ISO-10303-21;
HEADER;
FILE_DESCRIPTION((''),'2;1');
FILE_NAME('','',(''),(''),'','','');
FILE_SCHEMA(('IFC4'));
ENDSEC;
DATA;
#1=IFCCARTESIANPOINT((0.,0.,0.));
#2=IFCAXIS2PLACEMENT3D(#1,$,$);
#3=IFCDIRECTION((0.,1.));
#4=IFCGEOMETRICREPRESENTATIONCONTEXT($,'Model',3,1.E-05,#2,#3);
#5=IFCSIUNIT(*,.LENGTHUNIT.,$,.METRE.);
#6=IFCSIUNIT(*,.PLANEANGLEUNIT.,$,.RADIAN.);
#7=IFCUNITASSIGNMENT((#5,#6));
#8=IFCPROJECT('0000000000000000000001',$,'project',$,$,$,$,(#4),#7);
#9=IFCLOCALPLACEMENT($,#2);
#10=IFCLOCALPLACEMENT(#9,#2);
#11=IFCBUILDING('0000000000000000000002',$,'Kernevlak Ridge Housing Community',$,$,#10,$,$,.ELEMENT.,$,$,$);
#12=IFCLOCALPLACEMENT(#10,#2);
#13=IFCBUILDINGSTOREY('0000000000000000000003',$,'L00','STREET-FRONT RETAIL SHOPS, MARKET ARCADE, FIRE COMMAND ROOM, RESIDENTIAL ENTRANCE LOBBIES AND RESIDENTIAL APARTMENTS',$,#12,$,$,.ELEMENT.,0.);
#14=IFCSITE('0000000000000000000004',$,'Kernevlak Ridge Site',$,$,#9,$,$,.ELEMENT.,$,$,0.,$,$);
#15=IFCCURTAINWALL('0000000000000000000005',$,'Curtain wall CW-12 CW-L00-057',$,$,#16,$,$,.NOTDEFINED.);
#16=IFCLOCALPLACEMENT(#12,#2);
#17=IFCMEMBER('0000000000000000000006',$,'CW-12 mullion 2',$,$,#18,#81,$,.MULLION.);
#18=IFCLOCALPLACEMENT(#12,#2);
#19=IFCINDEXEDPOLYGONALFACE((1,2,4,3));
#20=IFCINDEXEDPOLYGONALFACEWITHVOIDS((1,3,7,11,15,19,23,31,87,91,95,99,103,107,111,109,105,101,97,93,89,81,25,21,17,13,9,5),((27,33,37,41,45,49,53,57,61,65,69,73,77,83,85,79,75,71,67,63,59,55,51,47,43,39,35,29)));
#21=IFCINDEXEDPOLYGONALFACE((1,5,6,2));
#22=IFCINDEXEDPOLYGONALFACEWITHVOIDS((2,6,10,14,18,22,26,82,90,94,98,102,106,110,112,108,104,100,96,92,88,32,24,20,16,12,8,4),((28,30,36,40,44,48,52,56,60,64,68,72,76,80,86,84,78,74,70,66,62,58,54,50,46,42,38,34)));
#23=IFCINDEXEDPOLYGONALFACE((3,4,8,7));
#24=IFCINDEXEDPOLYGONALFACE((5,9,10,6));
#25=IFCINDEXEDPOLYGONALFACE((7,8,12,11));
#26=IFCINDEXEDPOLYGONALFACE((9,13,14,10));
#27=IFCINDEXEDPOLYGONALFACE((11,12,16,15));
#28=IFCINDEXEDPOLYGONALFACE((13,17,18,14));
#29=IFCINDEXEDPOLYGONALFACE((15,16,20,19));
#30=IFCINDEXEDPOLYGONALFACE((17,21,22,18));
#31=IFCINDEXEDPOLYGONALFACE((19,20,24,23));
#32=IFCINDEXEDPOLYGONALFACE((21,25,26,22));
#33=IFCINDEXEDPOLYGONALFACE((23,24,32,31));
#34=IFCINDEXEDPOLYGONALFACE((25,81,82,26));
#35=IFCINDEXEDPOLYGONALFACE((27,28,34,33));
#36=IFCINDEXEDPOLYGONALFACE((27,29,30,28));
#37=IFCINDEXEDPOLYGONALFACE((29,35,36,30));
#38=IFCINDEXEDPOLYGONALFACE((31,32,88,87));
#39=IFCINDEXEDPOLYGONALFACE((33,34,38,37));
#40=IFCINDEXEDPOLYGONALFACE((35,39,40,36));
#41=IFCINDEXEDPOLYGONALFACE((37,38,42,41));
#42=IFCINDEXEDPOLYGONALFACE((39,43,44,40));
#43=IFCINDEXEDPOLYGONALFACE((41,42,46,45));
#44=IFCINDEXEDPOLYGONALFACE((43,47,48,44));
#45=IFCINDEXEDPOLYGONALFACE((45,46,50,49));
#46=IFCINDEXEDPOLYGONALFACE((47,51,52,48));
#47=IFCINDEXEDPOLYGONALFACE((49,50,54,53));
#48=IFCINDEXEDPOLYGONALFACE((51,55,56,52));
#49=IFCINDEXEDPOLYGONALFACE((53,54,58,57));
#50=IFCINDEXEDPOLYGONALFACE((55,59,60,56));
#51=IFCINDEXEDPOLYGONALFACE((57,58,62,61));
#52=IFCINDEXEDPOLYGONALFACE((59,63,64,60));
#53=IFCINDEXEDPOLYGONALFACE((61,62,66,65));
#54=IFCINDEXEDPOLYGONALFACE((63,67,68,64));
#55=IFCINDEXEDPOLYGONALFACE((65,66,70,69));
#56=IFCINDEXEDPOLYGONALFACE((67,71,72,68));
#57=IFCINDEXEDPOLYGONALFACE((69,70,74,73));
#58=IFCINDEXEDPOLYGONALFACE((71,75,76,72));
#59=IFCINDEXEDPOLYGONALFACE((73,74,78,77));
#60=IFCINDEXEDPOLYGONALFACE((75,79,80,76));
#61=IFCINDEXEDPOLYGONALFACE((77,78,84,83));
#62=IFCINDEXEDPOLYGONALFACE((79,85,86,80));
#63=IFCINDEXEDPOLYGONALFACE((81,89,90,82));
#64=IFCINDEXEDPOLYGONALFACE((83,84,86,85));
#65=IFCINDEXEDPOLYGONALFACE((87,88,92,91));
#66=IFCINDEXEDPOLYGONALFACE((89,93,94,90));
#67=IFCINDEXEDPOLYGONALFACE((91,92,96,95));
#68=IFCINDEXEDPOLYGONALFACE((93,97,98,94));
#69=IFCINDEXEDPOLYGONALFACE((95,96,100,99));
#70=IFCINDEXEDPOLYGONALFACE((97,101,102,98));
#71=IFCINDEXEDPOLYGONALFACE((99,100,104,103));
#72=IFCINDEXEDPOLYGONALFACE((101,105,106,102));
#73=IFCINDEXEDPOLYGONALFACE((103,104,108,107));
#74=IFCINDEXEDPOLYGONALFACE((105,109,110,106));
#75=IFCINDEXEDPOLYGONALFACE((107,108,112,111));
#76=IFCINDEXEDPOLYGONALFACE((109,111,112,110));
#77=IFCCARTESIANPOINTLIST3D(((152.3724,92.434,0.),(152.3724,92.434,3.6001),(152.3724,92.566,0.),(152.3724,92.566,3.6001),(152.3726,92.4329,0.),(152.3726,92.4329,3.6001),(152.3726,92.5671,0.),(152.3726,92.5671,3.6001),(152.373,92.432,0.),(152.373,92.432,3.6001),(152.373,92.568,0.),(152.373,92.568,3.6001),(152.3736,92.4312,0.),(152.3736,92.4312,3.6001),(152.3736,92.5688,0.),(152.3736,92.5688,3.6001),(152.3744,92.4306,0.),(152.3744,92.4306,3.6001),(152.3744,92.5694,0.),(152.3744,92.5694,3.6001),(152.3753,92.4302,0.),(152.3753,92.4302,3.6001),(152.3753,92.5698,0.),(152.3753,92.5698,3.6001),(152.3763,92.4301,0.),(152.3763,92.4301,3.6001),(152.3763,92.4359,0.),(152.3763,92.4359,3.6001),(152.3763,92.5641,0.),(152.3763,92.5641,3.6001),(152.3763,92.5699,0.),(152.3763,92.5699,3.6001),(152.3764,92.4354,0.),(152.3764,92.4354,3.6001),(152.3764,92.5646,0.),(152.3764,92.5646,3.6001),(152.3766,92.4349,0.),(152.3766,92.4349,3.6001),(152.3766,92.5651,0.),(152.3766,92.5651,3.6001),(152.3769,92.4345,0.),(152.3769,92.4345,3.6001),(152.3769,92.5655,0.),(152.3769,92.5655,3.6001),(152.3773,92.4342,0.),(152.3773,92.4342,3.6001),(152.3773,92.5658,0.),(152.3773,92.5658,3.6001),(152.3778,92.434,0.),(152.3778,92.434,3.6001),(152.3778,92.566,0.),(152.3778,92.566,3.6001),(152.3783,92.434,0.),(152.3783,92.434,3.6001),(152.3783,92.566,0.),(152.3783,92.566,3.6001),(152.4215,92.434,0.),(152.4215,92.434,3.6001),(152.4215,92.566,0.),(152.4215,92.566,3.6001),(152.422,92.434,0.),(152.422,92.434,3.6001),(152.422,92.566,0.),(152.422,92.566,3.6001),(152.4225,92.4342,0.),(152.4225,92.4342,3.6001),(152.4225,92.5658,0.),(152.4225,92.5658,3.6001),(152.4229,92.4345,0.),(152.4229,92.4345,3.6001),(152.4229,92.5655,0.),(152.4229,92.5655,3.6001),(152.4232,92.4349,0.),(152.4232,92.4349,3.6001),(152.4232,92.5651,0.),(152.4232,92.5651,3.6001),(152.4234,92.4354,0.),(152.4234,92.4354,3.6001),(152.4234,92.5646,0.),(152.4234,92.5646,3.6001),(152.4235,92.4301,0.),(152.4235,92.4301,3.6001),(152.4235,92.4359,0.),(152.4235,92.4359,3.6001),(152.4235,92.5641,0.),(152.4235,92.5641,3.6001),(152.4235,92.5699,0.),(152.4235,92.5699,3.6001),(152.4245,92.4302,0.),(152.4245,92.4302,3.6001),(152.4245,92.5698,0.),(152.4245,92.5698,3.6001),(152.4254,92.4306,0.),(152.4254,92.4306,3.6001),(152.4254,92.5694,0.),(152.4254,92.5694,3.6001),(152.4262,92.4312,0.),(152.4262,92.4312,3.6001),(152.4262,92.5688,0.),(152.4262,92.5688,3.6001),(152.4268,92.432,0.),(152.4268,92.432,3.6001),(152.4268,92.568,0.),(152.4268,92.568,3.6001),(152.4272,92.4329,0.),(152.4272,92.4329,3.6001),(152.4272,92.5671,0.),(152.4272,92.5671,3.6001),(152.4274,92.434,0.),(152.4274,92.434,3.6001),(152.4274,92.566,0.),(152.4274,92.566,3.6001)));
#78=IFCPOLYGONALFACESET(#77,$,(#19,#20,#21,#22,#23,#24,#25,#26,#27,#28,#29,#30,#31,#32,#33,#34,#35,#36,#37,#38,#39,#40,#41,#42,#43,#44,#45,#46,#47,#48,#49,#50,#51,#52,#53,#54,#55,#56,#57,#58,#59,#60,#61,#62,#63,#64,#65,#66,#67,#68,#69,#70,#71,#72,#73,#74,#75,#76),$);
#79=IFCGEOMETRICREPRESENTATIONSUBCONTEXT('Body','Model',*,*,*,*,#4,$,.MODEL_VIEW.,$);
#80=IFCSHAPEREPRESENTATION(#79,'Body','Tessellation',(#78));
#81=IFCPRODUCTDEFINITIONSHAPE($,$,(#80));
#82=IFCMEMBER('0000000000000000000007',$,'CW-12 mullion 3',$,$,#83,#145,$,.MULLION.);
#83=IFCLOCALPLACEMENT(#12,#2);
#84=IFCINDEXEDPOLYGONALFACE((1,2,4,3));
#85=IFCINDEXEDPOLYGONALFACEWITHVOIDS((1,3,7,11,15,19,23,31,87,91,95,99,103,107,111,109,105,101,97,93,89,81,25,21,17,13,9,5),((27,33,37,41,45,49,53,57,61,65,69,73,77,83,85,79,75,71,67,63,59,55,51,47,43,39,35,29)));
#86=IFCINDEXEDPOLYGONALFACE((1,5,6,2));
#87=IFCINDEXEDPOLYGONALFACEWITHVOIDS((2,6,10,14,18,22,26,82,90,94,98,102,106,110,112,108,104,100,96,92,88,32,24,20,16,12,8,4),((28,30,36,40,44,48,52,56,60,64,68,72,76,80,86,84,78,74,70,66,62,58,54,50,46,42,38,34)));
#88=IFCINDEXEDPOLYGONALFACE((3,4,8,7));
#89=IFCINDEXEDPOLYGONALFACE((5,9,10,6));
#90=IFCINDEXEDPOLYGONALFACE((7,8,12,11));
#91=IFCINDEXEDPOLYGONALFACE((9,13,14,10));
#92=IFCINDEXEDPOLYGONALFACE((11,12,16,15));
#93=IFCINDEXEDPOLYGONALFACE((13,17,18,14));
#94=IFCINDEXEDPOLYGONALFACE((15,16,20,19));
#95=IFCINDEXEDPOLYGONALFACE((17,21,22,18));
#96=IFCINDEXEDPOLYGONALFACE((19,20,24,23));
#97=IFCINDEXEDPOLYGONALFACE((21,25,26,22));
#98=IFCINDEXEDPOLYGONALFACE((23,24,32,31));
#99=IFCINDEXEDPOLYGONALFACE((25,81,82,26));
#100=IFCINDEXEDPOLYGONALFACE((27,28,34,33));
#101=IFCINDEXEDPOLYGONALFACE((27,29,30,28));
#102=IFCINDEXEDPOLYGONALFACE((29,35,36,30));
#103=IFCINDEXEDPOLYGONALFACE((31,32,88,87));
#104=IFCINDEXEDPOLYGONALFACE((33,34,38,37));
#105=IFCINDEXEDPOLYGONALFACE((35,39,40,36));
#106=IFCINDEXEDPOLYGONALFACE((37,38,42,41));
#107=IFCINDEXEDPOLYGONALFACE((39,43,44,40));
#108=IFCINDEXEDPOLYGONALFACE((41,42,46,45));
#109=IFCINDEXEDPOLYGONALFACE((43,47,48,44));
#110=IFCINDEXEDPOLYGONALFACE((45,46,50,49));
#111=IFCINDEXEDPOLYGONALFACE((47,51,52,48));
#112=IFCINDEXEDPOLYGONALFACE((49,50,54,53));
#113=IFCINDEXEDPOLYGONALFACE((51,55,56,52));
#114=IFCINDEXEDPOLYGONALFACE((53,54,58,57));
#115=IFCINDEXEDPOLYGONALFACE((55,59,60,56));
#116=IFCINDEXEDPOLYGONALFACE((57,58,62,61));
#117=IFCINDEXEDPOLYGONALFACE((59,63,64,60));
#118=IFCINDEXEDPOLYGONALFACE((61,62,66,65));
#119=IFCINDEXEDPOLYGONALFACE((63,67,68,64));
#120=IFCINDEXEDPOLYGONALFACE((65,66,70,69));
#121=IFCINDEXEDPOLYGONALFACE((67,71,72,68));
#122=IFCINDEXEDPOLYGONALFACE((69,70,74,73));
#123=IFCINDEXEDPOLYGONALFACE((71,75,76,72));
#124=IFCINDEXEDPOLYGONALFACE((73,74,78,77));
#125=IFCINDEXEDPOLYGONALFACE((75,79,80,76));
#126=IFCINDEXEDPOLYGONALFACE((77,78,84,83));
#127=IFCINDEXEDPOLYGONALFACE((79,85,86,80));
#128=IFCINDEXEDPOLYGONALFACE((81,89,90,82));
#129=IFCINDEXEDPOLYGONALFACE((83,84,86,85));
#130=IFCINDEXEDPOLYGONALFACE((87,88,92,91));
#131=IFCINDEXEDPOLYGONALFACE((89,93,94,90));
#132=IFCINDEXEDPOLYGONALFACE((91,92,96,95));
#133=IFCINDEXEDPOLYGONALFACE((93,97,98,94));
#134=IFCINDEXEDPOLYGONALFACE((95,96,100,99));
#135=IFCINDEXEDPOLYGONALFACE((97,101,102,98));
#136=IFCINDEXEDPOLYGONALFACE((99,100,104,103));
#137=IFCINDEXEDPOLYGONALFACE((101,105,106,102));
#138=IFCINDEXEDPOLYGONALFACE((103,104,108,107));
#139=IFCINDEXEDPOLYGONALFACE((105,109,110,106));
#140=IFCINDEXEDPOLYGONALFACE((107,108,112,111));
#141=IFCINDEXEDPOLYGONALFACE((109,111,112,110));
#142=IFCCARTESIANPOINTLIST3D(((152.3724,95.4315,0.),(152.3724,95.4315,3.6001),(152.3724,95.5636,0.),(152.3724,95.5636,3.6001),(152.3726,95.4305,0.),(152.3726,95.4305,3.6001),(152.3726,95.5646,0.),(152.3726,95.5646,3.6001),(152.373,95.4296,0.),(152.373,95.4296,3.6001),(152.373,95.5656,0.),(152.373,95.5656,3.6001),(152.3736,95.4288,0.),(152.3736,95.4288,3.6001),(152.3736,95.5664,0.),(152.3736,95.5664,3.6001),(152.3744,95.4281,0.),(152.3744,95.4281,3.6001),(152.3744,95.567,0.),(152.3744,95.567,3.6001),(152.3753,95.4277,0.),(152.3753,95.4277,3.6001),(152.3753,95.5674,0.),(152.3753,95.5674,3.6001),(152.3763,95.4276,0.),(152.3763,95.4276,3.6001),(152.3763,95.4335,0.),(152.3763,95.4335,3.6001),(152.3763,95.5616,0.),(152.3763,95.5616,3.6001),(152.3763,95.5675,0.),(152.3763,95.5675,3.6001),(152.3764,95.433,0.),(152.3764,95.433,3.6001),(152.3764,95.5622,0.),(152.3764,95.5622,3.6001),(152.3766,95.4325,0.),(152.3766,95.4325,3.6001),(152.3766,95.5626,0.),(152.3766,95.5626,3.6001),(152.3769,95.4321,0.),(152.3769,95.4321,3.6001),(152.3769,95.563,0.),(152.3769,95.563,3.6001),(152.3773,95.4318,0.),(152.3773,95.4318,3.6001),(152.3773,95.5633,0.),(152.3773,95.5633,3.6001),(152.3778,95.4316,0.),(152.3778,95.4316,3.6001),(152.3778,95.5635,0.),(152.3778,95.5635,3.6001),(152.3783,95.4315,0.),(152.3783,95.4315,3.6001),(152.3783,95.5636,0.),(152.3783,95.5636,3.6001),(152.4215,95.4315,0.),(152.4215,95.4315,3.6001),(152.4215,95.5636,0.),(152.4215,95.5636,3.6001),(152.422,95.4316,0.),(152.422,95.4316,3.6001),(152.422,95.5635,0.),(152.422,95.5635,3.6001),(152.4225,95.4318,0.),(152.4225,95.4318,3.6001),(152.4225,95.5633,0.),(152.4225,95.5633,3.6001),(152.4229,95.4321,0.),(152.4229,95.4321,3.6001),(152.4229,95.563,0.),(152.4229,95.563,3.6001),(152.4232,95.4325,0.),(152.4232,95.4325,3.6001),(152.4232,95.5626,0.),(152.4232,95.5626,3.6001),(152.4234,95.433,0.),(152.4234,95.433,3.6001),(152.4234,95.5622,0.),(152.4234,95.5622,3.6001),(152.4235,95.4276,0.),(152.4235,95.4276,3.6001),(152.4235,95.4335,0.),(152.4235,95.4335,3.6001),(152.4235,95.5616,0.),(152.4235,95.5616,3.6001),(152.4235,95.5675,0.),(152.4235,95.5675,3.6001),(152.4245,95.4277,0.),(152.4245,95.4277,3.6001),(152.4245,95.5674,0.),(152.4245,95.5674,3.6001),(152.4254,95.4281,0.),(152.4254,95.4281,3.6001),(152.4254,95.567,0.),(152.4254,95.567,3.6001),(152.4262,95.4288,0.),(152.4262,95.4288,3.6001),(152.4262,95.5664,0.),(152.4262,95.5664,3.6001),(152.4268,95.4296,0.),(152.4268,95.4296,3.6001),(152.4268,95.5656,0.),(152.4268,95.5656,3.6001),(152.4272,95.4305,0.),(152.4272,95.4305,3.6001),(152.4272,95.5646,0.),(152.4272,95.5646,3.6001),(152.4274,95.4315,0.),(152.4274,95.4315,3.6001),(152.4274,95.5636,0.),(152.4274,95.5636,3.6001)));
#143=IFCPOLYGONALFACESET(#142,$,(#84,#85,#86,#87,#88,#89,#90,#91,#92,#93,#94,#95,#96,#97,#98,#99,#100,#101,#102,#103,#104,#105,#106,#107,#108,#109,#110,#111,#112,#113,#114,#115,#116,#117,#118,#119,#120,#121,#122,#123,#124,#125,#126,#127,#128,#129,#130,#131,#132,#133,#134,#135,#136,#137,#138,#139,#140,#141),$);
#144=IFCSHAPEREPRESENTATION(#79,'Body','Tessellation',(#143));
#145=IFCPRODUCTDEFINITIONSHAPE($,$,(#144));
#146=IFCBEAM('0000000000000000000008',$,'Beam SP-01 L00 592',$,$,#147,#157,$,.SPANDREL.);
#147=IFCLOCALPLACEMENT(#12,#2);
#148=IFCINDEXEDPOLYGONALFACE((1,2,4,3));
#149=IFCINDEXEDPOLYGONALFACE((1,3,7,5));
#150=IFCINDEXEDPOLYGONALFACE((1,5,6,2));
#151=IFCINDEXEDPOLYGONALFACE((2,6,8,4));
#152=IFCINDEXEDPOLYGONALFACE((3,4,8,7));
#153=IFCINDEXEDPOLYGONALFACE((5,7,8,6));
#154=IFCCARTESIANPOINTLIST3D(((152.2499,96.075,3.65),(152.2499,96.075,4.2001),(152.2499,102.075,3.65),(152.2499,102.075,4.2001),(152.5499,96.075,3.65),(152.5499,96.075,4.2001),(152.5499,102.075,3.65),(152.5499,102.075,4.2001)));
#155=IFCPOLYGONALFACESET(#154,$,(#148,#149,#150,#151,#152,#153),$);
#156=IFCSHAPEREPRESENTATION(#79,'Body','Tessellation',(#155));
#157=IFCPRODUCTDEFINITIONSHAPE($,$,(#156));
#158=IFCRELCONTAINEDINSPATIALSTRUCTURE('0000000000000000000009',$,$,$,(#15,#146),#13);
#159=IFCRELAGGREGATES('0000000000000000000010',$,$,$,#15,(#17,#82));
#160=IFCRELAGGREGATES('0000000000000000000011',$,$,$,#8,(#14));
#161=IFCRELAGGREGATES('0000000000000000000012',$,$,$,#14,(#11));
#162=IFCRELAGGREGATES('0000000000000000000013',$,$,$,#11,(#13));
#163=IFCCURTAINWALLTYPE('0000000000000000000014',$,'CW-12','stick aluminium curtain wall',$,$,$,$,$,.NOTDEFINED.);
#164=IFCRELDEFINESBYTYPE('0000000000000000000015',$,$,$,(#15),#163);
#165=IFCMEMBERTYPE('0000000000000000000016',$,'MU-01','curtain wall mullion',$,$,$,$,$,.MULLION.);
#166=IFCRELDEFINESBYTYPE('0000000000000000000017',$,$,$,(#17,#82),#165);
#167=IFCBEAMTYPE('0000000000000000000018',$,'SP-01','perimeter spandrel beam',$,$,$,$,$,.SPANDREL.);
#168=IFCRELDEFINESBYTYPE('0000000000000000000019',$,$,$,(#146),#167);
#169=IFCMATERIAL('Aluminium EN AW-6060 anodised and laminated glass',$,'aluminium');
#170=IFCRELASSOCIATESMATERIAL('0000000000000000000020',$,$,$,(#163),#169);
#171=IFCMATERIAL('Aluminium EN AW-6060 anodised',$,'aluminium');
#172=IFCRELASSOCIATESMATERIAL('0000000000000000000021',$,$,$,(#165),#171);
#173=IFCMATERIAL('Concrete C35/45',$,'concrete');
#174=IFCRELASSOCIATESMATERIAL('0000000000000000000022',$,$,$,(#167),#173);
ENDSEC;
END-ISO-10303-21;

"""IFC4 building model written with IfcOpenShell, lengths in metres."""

from ifc_helpers import new_model, si_unit, direction, frame, origin, origin_2d, place, context, subcontext, project, spatial, rectangle, hollow_rectangle, extrude, material, material_profile, profile_set, type_object, element, aggregate, save


model = new_model("IFC4")

# Units and contexts
model_context = context("Model", 3, precision=1e-05, world=origin(), true_north=direction((0.0, 1.0)))
body_context = subcontext(model_context, "Body", "Model", "MODEL_VIEW")
ifc_project = project(units=[si_unit("LENGTHUNIT", "METRE"), si_unit("PLANEANGLEUNIT", "RADIAN")], contexts=[model_context])

# Site, building, storey
site_placement = place(None, origin())
site = spatial("IfcSite", under=ifc_project, at=site_placement, Name="Kernevlak Ridge Site", CompositionType="ELEMENT", RefElevation=0.0)
building_placement = place(site_placement, origin())
building = spatial("IfcBuilding", under=site, at=building_placement, Name="Kernevlak Ridge Housing Community", CompositionType="ELEMENT")
storey_placement = place(building_placement, origin())
storey = spatial("IfcBuildingStorey", under=building, at=storey_placement, Name="L00", Description="STREET-FRONT RETAIL SHOPS, MARKET ARCADE, FIRE COMMAND ROOM, RESIDENTIAL ENTRANCE LOBBIES AND RESIDENTIAL APARTMENTS", CompositionType="ELEMENT", Elevation=0.0)

# Shared definitions
ifc_material_1 = material(Name="Concrete C35/45", Category="concrete")

# Curtain wall, members
ifc_material_2 = material(Name="Aluminium EN AW-6060 anodised and laminated glass", Category="aluminium")
curtain_wall_type = type_object("IfcCurtainWallType", Name="CW-12", Description="stick aluminium curtain wall", PredefinedType="NOTDEFINED", material=ifc_material_2)
curtain_wall_placement = place(storey_placement, origin())
curtain_wall = element("IfcCurtainWall", 1, at=curtain_wall_placement, inside=storey, type_object=curtain_wall_type, Name="Curtain wall CW-12 CW-L00-057", PredefinedType="NOTDEFINED")
ifc_material_3 = material(Name="Aluminium EN AW-6060 anodised", Category="aluminium")
ifc_material_profile_1 = material_profile(ifc_material_3, hollow_rectangle(XDim=0.0549, YDim=0.1399, WallThickness=0.0039, InnerFilletRadius=0.002, OuterFilletRadius=0.0039, at=origin_2d()), Name="ALU 55x140x4")
ifc_profile_set_1 = profile_set([ifc_material_profile_1], Name="Aluminium EN AW-6060 anodised")
member_type_1 = type_object("IfcMemberType", Name="MU-01", Description="curtain wall mullion", PredefinedType="MULLION", material=ifc_profile_set_1)
member_1_placement = place(storey_placement, frame((152.3999, 92.5, 0.0), z_axis=(0.0, 0.0, 1.0), x_axis=(-1.0, 0.0, 0.0)))
member_1 = element("IfcMember", 2, at=member_1_placement, type_object=member_type_1, Name="CW-12 mullion 2", PredefinedType="MULLION", context=body_context, shape_type="SweptSolid", body=[
    extrude(hollow_rectangle(XDim=0.0549, YDim=0.1399, WallThickness=0.0039, InnerFilletRadius=0.002, OuterFilletRadius=0.0039, at=origin_2d()), origin(), (0.0, 0.0, 1.0), 3.6001),
])
member_2_placement = place(storey_placement, frame((152.3999, 95.4976, 0.0), z_axis=(0.0, 0.0, 1.0), x_axis=(-1.0, 0.0, 0.0)))
member_2 = element("IfcMember", 3, at=member_2_placement, type_object=member_type_1, Name="CW-12 mullion 3", PredefinedType="MULLION", context=body_context, shape_type="SweptSolid", body=[
    extrude(hollow_rectangle(XDim=0.0549, YDim=0.1399, WallThickness=0.0039, InnerFilletRadius=0.002, OuterFilletRadius=0.0039, at=origin_2d()), origin(), (0.0, 0.0, 1.0), 3.6001),
])

# Beam
ifc_material_profile_2 = material_profile(ifc_material_1, rectangle(XDim=0.3, YDim=0.55, at=origin_2d()), Name="RC 300x550")
ifc_profile_set_2 = profile_set([ifc_material_profile_2], Name="Concrete C35/45")
beam_type_1 = type_object("IfcBeamType", Name="SP-01", Description="perimeter spandrel beam", PredefinedType="SPANDREL", material=ifc_profile_set_2)
beam_1_placement = place(storey_placement, frame((152.3999, 96.075, 3.925), z_axis=(0.0, 1.0, 0.0), x_axis=(-1.0, 0.0, 0.0)))
element("IfcBeam", 4, at=beam_1_placement, inside=storey, type_object=beam_type_1, Name="Beam SP-01 L00 592", PredefinedType="SPANDREL", context=body_context, shape_type="SweptSolid", body=[
    extrude(rectangle(XDim=0.3, YDim=0.55, at=origin_2d()), origin(), (0.0, 0.0, 1.0), 6.0),
])

aggregate(curtain_wall, [member_1, member_2])

save(model, "model.ifc")
